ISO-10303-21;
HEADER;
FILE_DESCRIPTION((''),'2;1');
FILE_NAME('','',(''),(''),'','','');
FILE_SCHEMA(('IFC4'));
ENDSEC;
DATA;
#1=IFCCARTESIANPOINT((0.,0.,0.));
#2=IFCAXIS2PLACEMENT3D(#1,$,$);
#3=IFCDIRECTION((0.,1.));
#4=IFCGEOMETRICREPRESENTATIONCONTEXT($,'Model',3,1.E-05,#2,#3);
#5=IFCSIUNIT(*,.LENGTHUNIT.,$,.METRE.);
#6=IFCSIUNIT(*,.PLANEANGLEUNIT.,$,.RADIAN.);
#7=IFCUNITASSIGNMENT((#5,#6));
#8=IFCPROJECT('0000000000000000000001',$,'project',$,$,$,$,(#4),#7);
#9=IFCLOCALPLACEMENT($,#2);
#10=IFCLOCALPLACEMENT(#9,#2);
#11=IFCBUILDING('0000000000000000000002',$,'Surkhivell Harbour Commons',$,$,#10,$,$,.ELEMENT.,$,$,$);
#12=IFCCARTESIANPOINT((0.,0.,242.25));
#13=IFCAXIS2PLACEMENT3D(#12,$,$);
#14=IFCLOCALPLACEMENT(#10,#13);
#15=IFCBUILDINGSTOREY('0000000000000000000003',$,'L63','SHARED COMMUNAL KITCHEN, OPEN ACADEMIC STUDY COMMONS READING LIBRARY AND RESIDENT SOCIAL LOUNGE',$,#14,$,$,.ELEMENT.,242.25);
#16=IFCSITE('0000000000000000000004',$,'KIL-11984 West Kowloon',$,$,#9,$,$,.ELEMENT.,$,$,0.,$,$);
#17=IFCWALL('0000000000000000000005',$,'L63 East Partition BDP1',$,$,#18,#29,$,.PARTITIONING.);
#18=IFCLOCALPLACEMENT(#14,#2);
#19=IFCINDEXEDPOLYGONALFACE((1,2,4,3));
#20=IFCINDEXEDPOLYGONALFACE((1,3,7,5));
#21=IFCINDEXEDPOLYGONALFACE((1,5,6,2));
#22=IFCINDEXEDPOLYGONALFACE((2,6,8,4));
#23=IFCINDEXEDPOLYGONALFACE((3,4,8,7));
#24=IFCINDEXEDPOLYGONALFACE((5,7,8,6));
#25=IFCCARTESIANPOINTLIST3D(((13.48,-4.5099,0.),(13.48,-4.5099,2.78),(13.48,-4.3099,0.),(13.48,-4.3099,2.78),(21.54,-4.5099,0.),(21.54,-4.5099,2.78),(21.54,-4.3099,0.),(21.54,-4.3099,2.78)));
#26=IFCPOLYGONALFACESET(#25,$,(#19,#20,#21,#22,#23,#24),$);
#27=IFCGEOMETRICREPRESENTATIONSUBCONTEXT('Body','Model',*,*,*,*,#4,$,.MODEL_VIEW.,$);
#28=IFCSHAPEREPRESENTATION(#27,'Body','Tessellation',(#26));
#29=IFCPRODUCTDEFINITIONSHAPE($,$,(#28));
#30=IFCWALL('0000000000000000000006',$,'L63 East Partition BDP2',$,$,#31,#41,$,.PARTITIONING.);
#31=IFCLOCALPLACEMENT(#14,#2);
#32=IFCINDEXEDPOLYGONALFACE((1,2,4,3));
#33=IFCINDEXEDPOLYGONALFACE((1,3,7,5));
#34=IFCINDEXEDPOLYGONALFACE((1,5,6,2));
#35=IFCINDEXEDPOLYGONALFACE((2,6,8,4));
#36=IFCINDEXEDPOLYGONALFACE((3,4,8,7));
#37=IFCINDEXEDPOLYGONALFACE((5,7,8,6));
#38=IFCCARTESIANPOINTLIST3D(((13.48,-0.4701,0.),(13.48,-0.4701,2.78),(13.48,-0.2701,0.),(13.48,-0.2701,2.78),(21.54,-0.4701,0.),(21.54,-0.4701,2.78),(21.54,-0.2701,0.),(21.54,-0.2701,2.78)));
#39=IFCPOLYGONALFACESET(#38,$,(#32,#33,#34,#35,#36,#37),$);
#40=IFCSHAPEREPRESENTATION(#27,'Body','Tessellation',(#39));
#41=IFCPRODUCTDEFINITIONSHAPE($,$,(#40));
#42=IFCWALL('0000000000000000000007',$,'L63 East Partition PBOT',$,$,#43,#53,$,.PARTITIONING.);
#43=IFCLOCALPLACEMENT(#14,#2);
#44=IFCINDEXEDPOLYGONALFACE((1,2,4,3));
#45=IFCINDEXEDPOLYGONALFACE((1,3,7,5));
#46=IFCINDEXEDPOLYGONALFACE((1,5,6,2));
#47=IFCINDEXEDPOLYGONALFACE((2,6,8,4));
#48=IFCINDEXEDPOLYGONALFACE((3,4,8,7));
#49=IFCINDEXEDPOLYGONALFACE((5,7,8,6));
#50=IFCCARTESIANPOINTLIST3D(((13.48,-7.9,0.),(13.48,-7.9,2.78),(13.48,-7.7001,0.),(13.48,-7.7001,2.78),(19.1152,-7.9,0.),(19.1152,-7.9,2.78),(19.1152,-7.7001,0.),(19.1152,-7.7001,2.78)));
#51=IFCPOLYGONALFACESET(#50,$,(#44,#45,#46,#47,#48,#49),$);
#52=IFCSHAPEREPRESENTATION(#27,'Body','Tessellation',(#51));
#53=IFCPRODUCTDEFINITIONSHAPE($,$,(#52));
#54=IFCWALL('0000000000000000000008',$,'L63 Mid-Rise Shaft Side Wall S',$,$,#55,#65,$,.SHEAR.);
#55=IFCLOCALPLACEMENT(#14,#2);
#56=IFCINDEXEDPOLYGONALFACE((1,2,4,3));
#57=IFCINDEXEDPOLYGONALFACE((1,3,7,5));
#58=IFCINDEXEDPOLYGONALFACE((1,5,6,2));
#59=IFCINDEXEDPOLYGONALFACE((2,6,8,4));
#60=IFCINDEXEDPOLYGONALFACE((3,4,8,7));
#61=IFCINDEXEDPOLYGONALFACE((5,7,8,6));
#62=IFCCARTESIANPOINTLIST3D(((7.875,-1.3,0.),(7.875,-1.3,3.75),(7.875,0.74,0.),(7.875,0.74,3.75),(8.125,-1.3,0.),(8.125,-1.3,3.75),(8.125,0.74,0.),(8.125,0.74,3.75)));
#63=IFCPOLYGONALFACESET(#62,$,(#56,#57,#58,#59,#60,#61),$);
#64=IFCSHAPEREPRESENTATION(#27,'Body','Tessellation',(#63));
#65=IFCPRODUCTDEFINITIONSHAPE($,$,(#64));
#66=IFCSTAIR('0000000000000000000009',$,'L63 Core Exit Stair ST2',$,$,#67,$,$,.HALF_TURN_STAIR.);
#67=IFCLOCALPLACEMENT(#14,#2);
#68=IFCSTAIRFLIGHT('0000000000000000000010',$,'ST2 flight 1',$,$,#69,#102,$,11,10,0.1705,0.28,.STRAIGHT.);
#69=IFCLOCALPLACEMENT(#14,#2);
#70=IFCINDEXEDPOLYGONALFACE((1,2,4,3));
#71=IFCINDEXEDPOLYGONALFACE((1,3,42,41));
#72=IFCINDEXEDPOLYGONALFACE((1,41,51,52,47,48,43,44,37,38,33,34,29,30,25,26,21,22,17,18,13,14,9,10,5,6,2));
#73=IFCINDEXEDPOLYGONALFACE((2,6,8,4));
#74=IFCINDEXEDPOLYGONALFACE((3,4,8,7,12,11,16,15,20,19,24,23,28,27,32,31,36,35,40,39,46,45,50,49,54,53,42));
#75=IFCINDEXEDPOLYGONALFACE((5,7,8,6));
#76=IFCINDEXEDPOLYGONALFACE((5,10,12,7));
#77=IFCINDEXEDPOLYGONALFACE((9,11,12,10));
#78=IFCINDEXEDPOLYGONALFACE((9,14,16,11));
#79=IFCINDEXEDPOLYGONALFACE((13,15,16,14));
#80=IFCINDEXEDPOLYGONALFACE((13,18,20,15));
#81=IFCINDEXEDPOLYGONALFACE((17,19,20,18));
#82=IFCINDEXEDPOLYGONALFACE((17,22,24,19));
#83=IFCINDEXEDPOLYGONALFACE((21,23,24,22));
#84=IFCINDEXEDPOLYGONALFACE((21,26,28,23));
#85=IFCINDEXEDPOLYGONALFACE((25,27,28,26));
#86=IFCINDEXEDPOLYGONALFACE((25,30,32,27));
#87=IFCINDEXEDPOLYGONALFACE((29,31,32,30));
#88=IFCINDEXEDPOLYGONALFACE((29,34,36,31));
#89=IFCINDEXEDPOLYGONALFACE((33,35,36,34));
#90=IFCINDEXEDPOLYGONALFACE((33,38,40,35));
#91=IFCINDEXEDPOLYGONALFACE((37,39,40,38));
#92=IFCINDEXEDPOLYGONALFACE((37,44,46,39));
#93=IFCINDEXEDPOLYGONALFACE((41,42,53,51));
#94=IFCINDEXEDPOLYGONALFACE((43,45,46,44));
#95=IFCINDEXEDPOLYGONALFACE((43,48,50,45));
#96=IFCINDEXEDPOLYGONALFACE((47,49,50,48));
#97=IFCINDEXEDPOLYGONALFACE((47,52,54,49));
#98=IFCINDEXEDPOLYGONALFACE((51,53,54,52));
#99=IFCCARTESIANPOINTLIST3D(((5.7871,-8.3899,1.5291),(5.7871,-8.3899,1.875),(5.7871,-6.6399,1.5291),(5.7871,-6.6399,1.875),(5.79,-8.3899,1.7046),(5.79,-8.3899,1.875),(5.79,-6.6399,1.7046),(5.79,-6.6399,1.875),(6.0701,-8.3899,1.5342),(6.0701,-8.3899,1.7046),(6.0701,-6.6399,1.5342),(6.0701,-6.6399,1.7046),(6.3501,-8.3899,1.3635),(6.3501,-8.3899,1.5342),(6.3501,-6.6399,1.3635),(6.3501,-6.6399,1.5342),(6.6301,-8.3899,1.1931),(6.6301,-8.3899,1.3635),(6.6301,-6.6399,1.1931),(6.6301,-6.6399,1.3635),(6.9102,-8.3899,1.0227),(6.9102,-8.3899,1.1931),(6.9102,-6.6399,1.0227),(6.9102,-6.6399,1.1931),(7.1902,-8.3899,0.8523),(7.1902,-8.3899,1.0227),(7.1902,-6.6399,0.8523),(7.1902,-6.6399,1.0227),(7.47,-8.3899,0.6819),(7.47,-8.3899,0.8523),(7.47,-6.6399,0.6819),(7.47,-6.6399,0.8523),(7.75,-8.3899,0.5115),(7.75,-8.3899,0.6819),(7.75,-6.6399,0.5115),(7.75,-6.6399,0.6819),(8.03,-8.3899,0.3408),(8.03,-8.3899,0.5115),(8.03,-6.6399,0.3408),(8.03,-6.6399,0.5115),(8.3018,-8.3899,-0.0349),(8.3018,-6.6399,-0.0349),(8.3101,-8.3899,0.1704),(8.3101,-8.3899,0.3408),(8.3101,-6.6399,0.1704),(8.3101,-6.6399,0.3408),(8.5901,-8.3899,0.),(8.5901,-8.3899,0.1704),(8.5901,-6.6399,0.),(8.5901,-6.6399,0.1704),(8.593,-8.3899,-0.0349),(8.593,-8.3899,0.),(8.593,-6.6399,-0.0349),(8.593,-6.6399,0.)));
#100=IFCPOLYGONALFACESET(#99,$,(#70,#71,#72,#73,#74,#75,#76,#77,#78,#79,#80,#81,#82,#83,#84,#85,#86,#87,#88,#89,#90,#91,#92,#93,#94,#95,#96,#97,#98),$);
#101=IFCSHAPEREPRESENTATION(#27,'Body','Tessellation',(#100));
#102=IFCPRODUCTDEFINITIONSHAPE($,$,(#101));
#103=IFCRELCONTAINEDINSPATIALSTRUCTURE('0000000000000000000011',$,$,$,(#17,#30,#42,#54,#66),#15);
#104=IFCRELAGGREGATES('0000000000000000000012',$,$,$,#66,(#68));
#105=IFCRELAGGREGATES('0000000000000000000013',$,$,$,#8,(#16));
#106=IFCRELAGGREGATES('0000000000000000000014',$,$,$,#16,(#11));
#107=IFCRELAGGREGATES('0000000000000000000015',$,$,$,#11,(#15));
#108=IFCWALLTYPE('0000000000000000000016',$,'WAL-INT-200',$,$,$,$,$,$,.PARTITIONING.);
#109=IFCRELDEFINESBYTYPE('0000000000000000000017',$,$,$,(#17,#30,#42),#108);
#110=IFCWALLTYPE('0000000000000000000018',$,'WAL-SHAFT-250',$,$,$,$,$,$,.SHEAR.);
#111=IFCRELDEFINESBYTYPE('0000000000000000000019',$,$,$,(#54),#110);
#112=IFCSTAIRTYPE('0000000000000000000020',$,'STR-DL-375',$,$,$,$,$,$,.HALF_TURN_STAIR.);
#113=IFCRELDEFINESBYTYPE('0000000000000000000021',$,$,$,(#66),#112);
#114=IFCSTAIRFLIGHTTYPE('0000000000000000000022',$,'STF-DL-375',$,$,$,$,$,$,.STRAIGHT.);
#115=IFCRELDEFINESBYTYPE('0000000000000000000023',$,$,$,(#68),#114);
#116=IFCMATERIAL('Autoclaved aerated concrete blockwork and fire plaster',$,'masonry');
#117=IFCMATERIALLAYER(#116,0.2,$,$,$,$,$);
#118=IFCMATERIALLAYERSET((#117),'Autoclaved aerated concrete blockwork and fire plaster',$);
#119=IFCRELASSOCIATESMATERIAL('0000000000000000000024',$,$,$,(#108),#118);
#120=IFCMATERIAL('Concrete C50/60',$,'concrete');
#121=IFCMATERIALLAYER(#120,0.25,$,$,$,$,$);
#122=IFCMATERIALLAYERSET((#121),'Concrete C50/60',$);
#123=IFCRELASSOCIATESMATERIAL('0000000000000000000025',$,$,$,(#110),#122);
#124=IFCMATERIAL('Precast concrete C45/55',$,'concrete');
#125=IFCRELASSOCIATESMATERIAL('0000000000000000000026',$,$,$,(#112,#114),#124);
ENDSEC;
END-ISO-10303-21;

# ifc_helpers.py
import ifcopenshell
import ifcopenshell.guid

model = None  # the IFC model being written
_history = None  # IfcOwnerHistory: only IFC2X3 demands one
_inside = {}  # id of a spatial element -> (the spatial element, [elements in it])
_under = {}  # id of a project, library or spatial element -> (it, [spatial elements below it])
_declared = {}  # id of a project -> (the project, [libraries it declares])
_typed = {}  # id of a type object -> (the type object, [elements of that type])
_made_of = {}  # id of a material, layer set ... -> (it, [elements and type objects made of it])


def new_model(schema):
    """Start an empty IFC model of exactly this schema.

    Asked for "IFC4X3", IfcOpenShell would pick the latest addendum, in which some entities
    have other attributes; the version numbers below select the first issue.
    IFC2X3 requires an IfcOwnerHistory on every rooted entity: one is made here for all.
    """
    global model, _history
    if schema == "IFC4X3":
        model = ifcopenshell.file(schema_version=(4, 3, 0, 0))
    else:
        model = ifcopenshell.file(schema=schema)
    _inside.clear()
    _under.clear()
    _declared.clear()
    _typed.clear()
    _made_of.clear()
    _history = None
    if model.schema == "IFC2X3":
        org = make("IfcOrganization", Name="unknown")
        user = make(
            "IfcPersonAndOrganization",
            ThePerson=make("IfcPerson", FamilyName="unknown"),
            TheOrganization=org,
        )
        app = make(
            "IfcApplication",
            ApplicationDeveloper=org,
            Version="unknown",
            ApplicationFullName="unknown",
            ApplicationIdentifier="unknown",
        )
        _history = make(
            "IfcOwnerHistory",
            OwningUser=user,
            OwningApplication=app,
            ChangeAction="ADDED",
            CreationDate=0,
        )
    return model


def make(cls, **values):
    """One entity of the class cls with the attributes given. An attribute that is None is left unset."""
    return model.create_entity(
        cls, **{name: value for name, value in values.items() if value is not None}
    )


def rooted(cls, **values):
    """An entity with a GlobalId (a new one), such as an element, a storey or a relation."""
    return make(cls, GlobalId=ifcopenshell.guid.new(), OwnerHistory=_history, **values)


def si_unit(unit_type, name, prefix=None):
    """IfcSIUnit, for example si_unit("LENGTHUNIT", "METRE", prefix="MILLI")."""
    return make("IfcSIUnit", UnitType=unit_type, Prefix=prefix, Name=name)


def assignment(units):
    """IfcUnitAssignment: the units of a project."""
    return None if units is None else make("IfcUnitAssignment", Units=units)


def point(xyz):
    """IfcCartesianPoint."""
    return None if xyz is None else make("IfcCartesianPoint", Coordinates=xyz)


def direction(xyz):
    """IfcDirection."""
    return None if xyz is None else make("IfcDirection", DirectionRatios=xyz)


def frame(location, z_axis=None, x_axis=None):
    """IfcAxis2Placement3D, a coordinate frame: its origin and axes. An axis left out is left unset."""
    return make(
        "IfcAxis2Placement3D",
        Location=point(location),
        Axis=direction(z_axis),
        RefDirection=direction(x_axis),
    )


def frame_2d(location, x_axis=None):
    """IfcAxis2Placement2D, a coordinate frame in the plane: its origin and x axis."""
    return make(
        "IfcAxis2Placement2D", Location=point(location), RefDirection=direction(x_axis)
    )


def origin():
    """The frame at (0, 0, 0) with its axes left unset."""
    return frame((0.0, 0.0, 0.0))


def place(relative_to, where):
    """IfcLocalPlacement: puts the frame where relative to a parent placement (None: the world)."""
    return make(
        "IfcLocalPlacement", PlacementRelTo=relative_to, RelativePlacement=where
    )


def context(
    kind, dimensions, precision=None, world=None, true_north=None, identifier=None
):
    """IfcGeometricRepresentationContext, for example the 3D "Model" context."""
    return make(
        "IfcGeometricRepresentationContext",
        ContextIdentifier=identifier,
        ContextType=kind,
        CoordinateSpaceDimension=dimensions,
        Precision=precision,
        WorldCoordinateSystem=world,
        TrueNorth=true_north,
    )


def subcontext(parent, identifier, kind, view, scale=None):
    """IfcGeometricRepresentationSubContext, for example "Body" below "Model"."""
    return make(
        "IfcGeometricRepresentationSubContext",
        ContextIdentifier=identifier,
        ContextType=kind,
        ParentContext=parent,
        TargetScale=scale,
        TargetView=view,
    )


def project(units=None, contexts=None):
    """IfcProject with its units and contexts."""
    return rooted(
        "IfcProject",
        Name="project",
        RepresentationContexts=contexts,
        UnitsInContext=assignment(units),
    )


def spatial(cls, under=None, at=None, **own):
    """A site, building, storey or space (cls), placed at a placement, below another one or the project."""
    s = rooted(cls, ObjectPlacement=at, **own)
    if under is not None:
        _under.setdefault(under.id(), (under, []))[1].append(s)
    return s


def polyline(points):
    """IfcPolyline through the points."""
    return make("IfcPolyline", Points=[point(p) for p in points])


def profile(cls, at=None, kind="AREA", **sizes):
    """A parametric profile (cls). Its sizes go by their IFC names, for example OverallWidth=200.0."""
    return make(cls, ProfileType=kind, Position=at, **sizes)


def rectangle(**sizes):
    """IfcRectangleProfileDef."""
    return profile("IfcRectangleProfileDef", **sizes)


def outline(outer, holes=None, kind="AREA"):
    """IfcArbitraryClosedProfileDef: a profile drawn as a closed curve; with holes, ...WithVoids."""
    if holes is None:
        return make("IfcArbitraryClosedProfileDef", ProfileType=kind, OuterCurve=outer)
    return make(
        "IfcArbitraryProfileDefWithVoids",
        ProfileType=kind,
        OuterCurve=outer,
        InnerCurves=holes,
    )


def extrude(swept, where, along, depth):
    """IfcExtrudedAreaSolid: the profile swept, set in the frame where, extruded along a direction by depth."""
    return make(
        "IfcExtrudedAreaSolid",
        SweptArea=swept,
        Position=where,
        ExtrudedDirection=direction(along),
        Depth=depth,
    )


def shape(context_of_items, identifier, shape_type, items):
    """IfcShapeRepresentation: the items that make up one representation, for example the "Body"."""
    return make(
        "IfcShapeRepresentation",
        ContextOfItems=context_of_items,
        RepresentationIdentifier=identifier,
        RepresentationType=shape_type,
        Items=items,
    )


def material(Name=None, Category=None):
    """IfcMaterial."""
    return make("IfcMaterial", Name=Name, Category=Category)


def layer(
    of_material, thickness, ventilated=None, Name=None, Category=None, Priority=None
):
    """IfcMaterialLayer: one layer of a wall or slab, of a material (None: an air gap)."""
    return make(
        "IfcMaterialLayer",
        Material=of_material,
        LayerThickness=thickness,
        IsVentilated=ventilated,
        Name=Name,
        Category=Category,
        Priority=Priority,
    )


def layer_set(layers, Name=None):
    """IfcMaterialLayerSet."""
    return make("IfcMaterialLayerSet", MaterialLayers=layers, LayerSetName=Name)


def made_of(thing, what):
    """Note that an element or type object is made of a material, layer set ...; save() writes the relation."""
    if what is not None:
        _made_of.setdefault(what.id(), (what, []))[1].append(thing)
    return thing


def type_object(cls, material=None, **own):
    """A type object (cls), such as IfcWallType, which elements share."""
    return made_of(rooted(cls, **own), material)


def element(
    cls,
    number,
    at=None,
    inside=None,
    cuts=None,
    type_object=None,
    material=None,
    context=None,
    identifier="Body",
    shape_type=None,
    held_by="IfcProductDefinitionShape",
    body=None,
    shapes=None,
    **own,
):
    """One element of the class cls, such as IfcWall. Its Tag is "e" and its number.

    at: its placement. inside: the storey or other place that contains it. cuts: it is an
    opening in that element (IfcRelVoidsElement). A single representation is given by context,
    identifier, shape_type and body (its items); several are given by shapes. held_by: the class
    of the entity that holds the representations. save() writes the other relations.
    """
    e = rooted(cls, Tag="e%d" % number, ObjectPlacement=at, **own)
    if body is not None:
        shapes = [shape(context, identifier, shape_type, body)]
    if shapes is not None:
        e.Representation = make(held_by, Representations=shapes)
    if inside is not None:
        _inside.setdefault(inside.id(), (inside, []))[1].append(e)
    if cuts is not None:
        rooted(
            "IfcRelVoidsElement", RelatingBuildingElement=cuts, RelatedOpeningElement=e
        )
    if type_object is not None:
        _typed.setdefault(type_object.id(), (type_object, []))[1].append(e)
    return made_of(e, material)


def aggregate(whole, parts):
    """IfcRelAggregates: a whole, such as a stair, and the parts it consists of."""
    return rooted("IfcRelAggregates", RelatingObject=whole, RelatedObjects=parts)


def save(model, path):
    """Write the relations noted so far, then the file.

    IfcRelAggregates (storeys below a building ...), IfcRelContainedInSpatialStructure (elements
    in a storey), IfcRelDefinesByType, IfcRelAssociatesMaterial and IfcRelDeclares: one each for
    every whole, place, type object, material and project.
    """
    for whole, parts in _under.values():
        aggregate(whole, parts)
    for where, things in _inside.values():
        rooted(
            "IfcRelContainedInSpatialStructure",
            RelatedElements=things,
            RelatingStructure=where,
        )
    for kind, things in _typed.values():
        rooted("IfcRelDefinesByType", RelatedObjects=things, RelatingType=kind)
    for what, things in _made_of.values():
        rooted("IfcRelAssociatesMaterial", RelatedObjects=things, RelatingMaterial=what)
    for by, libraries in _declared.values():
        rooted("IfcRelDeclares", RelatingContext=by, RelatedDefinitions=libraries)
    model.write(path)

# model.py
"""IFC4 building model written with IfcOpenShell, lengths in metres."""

from ifc_helpers import new_model, si_unit, direction, frame, frame_2d, origin, place, context, subcontext, project, spatial, polyline, rectangle, outline, extrude, material, layer, layer_set, type_object, element, aggregate, save


model = new_model("IFC4")

# Units and contexts
model_context = context("Model", 3, precision=1e-05, world=origin(), true_north=direction((0.0, 1.0)))
body_context = subcontext(model_context, "Body", "Model", "MODEL_VIEW")
ifc_project = project(units=[si_unit("LENGTHUNIT", "METRE"), si_unit("PLANEANGLEUNIT", "RADIAN")], contexts=[model_context])

# Site, building, storey
site_placement = place(None, origin())
site = spatial("IfcSite", under=ifc_project, at=site_placement, Name="KIL-11984 West Kowloon", CompositionType="ELEMENT", RefElevation=0.0)
building_placement = place(site_placement, origin())
building = spatial("IfcBuilding", under=site, at=building_placement, Name="Surkhivell Harbour Commons", CompositionType="ELEMENT")
storey_placement = place(building_placement, frame((0.0, 0.0, 242.25)))
storey = spatial("IfcBuildingStorey", under=building, at=storey_placement, Name="L63", Description="SHARED COMMUNAL KITCHEN, OPEN ACADEMIC STUDY COMMONS READING LIBRARY AND RESIDENT SOCIAL LOUNGE", CompositionType="ELEMENT", Elevation=242.25)

# Shared definitions
ifc_material_1 = material(Name="Concrete C50/60", Category="concrete")

# Walls
ifc_material_2 = material(Name="Autoclaved aerated concrete blockwork and fire plaster", Category="masonry")
ifc_layer_1 = layer(ifc_material_2, 0.2)
ifc_layer_set_1 = layer_set([ifc_layer_1], Name="Autoclaved aerated concrete blockwork and fire plaster")
wall_type_1 = type_object("IfcWallType", Name="WAL-INT-200", PredefinedType="PARTITIONING", material=ifc_layer_set_1)
for number, where, z_axis, x_axis, name in (
    (1, (13.48, -4.4099, 0.0), (0.0, 0.0, 1.0), (1.0, 0.0, 0.0), "L63 East Partition BDP1"),
    (2, (13.48, -0.3701, 0.0), (0.0, 0.0, 1.0), (1.0, 0.0, 0.0), "L63 East Partition BDP2"),
):
    element("IfcWall", number, at=place(storey_placement, frame(where, z_axis=z_axis, x_axis=x_axis)), inside=storey, type_object=wall_type_1, Name=name, PredefinedType="PARTITIONING", context=body_context, shape_type="SweptSolid", body=[
        extrude(rectangle(XDim=8.0601, YDim=0.2, at=frame_2d((4.03, 0.0))), origin(), (0.0, 0.0, 1.0), 2.78),
    ])
wall_1_placement = place(storey_placement, frame((13.48, -7.8, 0.0), z_axis=(0.0, 0.0, 1.0), x_axis=(1.0, 0.0, 0.0)))
element("IfcWall", 3, at=wall_1_placement, inside=storey, type_object=wall_type_1, Name="L63 East Partition PBOT", PredefinedType="PARTITIONING", context=body_context, shape_type="SweptSolid", body=[
    extrude(rectangle(XDim=5.6353, YDim=0.2, at=frame_2d((2.8176, 0.0))), origin(), (0.0, 0.0, 1.0), 2.78),
])
ifc_layer_2 = layer(ifc_material_1, 0.25)
ifc_layer_set_2 = layer_set([ifc_layer_2], Name="Concrete C50/60")
wall_type_2 = type_object("IfcWallType", Name="WAL-SHAFT-250", PredefinedType="SHEAR", material=ifc_layer_set_2)
wall_2_placement = place(storey_placement, frame((8.0, -1.3, 0.0), z_axis=(0.0, 0.0, 1.0), x_axis=(0.0, 1.0, 0.0)))
element("IfcWall", 4, at=wall_2_placement, inside=storey, type_object=wall_type_2, Name="L63 Mid-Rise Shaft Side Wall S", PredefinedType="SHEAR", context=body_context, shape_type="SweptSolid", body=[
    extrude(rectangle(XDim=2.04, YDim=0.25, at=frame_2d((1.02, 0.0))), origin(), (0.0, 0.0, 1.0), 3.75),
])

# Stair, stair flight
ifc_material_3 = material(Name="Precast concrete C45/55", Category="concrete")
stair_type = type_object("IfcStairType", Name="STR-DL-375", PredefinedType="HALF_TURN_STAIR", material=ifc_material_3)
stair_placement = place(storey_placement, origin())
stair = element("IfcStair", 5, at=stair_placement, inside=storey, type_object=stair_type, Name="L63 Core Exit Stair ST2", PredefinedType="HALF_TURN_STAIR")
stair_flight_type = type_object("IfcStairFlightType", Name="STF-DL-375", PredefinedType="STRAIGHT", material=ifc_material_3)
stair_flight_placement = place(storey_placement, frame((8.5901, -7.5149, 0.0), z_axis=(0.0, 0.0, 1.0), x_axis=(-1.0, 0.0, 0.0)))
stair_flight = element("IfcStairFlight", 6, at=stair_flight_placement, type_object=stair_flight_type, Name="ST2 flight 1", NumberOfRisers=11, NumberOfTreads=10, PredefinedType="STRAIGHT", RiserHeight=0.1705, TreadLength=0.28, context=body_context, shape_type="SweptSolid", body=[
    extrude(outline(polyline([(-0.0029, -0.0349), (-0.0029, 0.0), (0.0, 0.0), (0.0, 0.1704), (0.28, 0.1704), (0.28, 0.3408), (0.5601, 0.3408), (0.5601, 0.5115), (0.8401, 0.5115), (0.8401, 0.6819), (1.1201, 0.6819), (1.1201, 0.8523), (1.3999, 0.8523), (1.3999, 1.0227), (1.6799, 1.0227), (1.6799, 1.1931), (1.96, 1.1931), (1.96, 1.3635), (2.24, 1.3635), (2.24, 1.5342), (2.52, 1.5342), (2.52, 1.7046), (2.8, 1.7046), (2.8, 1.875), (2.803, 1.875), (2.803, 1.5291), (0.2883, -0.0349), (-0.0029, -0.0349)])), frame((0.0, 0.875, 0.0), z_axis=(0.0, -1.0, 0.0), x_axis=(1.0, 0.0, 0.0)), (0.0, 0.0, 1.0), 1.75),
])
aggregate(stair, [stair_flight])

save(model, "model.ifc")
